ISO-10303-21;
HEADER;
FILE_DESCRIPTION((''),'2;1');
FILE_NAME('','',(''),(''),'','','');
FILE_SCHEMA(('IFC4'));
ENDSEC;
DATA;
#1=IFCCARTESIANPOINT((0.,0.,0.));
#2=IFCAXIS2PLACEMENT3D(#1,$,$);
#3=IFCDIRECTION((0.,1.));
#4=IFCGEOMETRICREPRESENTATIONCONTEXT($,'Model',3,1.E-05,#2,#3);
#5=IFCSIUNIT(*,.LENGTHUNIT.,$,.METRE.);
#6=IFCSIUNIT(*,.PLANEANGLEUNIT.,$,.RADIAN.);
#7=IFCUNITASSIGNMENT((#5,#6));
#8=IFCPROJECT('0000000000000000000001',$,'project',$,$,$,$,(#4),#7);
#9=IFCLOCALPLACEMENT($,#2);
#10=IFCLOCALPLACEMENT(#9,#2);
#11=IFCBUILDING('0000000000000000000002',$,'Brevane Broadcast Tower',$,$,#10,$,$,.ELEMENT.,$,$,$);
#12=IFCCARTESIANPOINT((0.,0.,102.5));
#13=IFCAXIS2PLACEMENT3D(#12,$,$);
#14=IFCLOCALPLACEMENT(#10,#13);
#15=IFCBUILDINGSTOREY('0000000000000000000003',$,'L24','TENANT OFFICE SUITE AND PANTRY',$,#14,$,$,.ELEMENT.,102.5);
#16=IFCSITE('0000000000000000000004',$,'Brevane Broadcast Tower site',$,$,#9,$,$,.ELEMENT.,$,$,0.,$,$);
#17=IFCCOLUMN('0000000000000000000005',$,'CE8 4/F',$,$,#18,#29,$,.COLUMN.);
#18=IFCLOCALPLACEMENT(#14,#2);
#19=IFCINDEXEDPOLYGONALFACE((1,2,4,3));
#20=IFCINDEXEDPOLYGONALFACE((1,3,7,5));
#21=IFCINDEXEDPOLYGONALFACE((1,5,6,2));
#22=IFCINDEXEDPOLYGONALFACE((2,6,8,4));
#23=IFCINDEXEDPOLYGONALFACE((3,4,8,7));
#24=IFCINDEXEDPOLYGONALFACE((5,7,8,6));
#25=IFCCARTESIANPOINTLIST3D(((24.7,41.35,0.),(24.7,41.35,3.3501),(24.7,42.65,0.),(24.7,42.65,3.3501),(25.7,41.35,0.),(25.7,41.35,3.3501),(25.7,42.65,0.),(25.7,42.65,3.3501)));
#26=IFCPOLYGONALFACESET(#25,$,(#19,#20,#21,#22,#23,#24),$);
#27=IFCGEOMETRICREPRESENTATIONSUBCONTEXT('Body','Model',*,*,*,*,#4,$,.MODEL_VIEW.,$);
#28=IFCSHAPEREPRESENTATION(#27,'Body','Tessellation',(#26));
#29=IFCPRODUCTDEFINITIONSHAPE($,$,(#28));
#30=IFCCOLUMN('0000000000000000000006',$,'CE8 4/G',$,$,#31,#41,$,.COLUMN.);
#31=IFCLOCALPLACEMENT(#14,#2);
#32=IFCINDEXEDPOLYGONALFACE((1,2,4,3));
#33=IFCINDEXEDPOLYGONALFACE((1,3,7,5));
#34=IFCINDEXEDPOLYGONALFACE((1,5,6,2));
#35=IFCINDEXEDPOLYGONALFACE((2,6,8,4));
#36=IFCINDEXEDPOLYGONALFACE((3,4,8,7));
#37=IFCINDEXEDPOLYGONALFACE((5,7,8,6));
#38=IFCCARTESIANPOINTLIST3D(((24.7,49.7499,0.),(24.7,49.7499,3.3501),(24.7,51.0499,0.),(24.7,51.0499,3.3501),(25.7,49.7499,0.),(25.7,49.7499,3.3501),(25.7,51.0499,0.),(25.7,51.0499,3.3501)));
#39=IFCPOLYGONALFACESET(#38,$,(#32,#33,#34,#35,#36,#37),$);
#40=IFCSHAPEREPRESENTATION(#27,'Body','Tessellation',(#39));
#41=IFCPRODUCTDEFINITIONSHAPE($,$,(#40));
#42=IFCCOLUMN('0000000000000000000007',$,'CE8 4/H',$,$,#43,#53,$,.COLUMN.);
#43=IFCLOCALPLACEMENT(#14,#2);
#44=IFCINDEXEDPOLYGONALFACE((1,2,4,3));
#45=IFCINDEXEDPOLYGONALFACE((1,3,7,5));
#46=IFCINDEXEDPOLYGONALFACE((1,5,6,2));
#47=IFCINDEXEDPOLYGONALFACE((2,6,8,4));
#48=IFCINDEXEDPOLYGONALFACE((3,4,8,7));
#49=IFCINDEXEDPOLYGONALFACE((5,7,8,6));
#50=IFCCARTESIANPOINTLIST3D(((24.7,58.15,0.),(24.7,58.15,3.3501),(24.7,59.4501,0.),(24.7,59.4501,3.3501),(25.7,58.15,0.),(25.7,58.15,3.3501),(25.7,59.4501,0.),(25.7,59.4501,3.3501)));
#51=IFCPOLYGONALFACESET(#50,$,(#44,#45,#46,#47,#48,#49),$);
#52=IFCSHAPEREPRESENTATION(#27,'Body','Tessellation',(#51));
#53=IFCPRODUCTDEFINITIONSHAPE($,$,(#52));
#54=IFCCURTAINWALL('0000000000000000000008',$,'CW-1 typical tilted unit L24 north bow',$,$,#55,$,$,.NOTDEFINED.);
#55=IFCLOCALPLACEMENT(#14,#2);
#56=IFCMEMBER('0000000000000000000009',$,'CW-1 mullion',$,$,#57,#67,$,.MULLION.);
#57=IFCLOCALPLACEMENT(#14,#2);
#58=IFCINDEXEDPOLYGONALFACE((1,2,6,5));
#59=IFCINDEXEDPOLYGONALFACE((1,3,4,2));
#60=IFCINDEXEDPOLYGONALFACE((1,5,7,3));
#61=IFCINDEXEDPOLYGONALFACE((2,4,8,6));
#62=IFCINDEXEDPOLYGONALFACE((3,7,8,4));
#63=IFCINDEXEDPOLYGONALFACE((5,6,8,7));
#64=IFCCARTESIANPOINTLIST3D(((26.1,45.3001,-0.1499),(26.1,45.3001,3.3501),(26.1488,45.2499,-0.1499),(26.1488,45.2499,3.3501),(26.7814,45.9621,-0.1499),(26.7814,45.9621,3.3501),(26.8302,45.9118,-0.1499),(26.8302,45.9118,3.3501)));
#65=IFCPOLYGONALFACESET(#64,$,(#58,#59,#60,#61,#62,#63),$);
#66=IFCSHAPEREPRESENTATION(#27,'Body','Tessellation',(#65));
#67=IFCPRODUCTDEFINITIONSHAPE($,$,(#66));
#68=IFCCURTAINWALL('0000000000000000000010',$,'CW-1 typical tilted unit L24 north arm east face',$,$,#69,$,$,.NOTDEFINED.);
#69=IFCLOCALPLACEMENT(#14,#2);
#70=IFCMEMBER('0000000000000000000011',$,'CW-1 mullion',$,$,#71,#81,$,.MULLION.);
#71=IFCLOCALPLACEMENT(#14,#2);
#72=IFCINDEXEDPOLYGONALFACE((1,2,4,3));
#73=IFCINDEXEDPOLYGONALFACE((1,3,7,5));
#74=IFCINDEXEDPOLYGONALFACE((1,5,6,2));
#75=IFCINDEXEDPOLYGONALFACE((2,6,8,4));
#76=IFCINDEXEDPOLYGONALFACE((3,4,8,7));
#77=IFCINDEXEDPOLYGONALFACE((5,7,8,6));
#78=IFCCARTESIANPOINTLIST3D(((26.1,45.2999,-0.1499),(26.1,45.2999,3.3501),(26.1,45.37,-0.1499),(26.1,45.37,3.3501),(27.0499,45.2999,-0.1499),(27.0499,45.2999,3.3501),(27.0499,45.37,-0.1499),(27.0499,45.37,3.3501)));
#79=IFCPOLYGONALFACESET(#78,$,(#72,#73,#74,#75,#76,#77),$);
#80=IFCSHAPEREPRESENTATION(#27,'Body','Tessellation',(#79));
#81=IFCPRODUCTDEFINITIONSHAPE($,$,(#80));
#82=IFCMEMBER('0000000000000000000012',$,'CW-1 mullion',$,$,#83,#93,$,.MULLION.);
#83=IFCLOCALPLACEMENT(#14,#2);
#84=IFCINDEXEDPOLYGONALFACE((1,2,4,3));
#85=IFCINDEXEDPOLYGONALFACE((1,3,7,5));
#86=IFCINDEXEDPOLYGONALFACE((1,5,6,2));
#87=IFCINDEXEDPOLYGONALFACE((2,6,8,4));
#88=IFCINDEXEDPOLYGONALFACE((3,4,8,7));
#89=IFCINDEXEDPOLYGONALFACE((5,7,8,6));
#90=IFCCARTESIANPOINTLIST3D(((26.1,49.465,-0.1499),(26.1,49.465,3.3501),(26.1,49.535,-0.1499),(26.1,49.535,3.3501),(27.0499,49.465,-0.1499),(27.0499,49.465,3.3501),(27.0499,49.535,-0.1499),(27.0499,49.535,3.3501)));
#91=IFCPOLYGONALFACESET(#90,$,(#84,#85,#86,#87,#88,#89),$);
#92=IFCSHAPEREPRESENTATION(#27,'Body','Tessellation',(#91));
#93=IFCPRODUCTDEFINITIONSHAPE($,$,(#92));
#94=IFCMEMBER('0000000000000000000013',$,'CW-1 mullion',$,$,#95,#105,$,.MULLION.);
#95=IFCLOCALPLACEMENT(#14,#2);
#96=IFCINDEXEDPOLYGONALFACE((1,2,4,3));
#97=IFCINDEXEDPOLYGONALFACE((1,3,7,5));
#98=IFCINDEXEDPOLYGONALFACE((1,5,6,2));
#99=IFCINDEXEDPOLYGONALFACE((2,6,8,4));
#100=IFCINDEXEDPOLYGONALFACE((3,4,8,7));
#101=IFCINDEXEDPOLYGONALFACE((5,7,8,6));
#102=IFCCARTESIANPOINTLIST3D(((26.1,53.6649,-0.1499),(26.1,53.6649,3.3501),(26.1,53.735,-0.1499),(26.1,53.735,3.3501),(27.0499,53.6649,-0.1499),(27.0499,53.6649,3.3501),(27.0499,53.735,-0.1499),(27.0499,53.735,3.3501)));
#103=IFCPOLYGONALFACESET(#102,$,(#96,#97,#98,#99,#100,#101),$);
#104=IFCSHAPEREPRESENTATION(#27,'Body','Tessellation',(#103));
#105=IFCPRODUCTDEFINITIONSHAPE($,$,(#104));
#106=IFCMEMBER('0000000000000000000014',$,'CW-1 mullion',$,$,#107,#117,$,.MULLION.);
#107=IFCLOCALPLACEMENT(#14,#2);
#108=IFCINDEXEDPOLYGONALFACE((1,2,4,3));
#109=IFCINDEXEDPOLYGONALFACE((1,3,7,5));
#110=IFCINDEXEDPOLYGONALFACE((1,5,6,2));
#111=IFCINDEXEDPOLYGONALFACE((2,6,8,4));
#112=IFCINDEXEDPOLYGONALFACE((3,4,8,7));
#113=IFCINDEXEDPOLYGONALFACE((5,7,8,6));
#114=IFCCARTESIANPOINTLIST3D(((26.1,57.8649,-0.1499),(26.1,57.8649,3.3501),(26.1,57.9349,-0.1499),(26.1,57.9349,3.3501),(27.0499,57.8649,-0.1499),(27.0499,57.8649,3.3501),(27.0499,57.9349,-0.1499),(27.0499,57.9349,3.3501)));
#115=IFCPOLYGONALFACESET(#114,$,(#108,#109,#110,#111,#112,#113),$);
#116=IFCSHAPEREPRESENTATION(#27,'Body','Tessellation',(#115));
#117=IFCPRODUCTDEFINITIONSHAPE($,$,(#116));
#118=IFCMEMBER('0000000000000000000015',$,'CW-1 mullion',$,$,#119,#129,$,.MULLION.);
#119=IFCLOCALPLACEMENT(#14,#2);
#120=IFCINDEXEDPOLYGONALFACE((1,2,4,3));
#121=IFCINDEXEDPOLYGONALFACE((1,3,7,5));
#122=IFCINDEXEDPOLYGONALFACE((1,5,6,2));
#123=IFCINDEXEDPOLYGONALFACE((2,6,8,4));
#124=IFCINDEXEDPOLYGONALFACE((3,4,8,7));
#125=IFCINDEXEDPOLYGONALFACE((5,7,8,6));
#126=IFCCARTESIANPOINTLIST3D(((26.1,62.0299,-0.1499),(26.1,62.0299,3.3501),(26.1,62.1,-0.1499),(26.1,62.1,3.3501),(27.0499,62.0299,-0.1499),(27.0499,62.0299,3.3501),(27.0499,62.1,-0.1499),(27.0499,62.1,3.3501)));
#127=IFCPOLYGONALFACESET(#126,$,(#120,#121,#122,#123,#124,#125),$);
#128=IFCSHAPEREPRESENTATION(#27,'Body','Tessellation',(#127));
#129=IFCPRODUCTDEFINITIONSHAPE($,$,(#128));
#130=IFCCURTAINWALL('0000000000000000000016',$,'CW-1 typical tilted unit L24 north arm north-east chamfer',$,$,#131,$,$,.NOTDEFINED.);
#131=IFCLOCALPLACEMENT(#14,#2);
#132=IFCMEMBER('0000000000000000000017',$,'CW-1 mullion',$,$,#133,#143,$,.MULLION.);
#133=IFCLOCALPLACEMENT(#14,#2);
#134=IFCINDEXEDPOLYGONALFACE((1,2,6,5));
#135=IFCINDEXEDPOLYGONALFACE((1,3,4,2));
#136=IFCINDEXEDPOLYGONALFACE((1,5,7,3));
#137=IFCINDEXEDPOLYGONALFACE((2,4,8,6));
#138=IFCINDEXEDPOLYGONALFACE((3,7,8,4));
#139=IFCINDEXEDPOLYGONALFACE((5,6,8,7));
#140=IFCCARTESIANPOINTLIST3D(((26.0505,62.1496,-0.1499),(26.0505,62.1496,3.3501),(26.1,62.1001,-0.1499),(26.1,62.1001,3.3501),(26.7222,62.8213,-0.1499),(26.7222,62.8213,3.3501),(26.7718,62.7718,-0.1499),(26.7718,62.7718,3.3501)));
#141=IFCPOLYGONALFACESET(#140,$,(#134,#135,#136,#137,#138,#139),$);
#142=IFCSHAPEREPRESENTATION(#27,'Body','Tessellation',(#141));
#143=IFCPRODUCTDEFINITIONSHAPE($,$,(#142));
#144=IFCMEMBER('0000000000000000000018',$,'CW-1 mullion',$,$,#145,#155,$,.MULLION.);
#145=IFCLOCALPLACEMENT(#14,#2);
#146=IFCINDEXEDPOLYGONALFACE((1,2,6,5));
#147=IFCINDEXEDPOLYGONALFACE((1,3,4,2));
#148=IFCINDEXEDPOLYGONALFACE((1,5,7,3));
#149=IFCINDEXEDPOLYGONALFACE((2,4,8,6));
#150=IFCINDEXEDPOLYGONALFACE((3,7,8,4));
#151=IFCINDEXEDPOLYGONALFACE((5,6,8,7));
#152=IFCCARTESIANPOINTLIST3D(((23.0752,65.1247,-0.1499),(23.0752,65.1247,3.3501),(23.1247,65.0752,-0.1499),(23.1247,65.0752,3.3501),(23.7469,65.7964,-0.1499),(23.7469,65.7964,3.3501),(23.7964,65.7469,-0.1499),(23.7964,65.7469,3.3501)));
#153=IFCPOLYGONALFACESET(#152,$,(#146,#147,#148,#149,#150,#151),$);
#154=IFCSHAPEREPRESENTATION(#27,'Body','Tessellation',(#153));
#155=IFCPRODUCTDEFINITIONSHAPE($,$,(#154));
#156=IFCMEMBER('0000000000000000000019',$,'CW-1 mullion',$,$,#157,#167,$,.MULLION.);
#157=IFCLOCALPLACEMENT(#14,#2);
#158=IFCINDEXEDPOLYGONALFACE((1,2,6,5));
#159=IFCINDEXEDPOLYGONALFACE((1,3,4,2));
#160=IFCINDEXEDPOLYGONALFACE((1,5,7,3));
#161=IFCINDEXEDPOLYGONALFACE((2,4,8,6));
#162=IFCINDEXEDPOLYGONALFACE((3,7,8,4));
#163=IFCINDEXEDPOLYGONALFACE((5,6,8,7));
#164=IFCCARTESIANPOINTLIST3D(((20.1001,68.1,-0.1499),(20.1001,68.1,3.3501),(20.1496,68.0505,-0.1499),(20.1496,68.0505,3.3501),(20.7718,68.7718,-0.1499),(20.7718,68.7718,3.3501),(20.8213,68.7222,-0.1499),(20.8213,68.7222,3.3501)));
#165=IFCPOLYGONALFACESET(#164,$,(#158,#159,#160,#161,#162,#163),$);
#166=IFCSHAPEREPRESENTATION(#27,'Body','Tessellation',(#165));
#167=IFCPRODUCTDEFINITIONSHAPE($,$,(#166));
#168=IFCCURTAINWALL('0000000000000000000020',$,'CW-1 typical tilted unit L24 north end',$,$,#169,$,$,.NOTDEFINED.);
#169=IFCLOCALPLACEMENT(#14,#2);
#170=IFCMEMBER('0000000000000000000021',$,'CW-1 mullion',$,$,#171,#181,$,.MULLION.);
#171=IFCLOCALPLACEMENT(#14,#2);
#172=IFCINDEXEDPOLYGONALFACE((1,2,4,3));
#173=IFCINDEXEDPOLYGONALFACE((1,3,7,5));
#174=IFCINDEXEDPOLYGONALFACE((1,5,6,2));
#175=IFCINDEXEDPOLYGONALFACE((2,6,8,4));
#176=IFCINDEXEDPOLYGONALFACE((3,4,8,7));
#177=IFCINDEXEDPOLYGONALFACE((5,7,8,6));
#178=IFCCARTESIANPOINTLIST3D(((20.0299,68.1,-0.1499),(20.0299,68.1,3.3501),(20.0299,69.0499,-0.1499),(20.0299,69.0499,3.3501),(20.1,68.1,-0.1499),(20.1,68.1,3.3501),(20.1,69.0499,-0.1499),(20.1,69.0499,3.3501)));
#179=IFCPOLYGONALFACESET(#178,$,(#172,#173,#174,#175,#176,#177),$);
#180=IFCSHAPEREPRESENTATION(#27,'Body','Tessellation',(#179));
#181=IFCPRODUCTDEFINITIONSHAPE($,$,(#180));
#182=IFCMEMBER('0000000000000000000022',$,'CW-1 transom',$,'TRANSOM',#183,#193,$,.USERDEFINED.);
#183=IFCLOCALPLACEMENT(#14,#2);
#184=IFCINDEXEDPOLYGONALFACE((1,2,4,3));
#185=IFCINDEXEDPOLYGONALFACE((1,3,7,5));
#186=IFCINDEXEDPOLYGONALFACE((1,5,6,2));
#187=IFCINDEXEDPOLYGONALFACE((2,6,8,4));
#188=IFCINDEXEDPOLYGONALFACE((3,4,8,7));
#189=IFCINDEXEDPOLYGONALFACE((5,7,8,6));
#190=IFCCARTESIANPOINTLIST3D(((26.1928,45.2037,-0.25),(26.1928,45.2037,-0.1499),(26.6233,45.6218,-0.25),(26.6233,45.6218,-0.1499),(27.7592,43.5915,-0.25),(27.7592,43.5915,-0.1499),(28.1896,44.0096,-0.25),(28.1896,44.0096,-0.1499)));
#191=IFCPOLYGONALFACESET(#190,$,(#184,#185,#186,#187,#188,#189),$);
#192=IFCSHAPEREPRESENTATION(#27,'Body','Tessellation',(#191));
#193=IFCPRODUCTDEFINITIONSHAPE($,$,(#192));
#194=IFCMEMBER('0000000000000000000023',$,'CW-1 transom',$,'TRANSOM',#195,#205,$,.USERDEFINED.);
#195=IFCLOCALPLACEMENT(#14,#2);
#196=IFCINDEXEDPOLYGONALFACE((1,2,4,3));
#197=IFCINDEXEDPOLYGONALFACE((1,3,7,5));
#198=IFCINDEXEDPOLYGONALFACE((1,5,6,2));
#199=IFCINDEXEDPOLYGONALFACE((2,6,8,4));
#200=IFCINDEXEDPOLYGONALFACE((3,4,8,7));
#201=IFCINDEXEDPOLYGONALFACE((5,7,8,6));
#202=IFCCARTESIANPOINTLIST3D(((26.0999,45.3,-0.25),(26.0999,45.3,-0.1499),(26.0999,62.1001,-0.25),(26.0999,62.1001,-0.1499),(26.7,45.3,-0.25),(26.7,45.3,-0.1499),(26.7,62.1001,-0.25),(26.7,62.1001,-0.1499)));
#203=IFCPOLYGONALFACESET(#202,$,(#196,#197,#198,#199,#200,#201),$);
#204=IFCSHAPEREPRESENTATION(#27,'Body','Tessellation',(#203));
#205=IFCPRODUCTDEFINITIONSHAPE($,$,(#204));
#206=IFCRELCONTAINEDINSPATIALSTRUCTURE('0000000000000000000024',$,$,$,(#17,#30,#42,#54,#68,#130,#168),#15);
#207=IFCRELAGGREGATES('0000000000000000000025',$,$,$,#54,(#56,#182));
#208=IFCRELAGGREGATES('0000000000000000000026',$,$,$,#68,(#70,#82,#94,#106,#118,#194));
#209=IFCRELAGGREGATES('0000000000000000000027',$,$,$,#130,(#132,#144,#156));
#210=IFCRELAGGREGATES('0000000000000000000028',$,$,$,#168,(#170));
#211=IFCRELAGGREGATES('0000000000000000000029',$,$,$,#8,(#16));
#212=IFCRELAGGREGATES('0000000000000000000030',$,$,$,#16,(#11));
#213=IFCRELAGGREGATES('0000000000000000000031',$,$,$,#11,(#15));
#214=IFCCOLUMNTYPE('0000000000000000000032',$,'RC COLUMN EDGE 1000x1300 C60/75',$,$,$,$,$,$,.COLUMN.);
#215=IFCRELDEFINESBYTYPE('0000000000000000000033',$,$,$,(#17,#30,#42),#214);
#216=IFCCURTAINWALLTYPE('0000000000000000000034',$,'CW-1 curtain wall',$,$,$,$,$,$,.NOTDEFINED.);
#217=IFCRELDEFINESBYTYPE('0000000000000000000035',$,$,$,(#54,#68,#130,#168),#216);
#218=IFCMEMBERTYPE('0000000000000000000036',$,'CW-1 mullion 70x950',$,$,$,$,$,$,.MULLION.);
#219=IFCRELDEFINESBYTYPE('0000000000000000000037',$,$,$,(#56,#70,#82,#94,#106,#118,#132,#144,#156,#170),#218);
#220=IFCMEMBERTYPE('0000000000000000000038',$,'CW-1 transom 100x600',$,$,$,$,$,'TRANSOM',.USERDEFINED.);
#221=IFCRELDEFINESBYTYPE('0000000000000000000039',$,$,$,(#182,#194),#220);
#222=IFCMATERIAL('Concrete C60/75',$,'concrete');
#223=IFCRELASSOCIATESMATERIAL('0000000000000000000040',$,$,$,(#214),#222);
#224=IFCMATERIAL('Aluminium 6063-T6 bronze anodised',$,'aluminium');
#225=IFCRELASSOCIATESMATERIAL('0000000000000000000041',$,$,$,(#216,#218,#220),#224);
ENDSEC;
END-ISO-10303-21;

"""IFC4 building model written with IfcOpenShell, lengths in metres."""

from ifc_helpers import new_model, si_unit, direction, frame, origin, origin_2d, place, context, subcontext, project, spatial, rectangle, extrude, material, material_profile, profile_set, type_object, element, aggregate, save


model = new_model("IFC4")

# Units and contexts
model_context = context("Model", 3, precision=1e-05, world=origin(), true_north=direction((0.0, 1.0)))
body_context = subcontext(model_context, "Body", "Model", "MODEL_VIEW")
ifc_project = project(units=[si_unit("LENGTHUNIT", "METRE"), si_unit("PLANEANGLEUNIT", "RADIAN")], contexts=[model_context])

# Site, building, storey
site_placement = place(None, origin())
site = spatial("IfcSite", under=ifc_project, at=site_placement, Name="Brevane Broadcast Tower site", CompositionType="ELEMENT", RefElevation=0.0)
building_placement = place(site_placement, origin())
building = spatial("IfcBuilding", under=site, at=building_placement, Name="Brevane Broadcast Tower", CompositionType="ELEMENT")
storey_placement = place(building_placement, frame((0.0, 0.0, 102.5)))
storey = spatial("IfcBuildingStorey", under=building, at=storey_placement, Name="L24", Description="TENANT OFFICE SUITE AND PANTRY", CompositionType="ELEMENT", Elevation=102.5)

# Columns
ifc_material_1 = material(Name="Concrete C60/75", Category="concrete")
ifc_material_profile_1 = material_profile(ifc_material_1, rectangle(XDim=1.0, YDim=1.3, at=origin_2d()), Name="RC 1000x1300")
ifc_profile_set_1 = profile_set([ifc_material_profile_1], Name="Concrete C60/75")
column_type = type_object("IfcColumnType", Name="RC COLUMN EDGE 1000x1300 C60/75", PredefinedType="COLUMN", material=ifc_profile_set_1)
for number, where, z_axis, x_axis, name in (
    (1, (25.2, 42.0, 0.0), (0.0, 0.0, 1.0), (1.0, 0.0, 0.0), "CE8 4/F"),
    (2, (25.2, 50.3999, 0.0), (0.0, 0.0, 1.0), (1.0, 0.0, 0.0), "CE8 4/G"),
    (3, (25.2, 58.8, 0.0), (0.0, 0.0, 1.0), (1.0, 0.0, 0.0), "CE8 4/H"),
):
    element("IfcColumn", number, at=place(storey_placement, frame(where, z_axis=z_axis, x_axis=x_axis)), inside=storey, type_object=column_type, Name=name, PredefinedType="COLUMN", context=body_context, shape_type="SweptSolid", body=[
        extrude(rectangle(XDim=1.0, YDim=1.3, at=origin_2d()), origin(), (0.0, 0.0, 1.0), 3.3501),
    ])

# Curtain wall, member
ifc_material_2 = material(Name="Aluminium 6063-T6 bronze anodised", Category="aluminium")
curtain_wall_type = type_object("IfcCurtainWallType", Name="CW-1 curtain wall", PredefinedType="NOTDEFINED", material=ifc_material_2)
curtain_wall_1_placement = place(storey_placement, origin())
curtain_wall_1 = element("IfcCurtainWall", 4, at=curtain_wall_1_placement, inside=storey, type_object=curtain_wall_type, Name="CW-1 typical tilted unit L24 north bow", PredefinedType="NOTDEFINED")
ifc_material_profile_2 = material_profile(ifc_material_2, rectangle(XDim=0.95, YDim=0.0701, at=origin_2d()), Name="RECT 70x950")
ifc_profile_set_2 = profile_set([ifc_material_profile_2], Name="Aluminium 6063-T6 bronze anodised")
member_type_1 = type_object("IfcMemberType", Name="CW-1 mullion 70x950", PredefinedType="MULLION", material=ifc_profile_set_2)
member_1_placement = place(storey_placement, frame((26.4651, 45.606, -0.1499), z_axis=(0.0, 0.0, 1.0), x_axis=(-0.717254, -0.696812, 0.0)))
member_1 = element("IfcMember", 5, at=member_1_placement, type_object=member_type_1, Name="CW-1 mullion", PredefinedType="MULLION", context=body_context, shape_type="SweptSolid", body=[
    extrude(rectangle(XDim=0.95, YDim=0.0701, at=origin_2d()), origin(), (0.0, 0.0, 1.0), 3.5),
])

# Curtain walls, members
curtain_wall_2_placement = place(storey_placement, origin())
curtain_wall_2 = element("IfcCurtainWall", 6, at=curtain_wall_2_placement, inside=storey, type_object=curtain_wall_type, Name="CW-1 typical tilted unit L24 north arm east face", PredefinedType="NOTDEFINED")
member_2_placement = place(storey_placement, frame((26.575, 45.335, -0.1499), z_axis=(0.0, 0.0, 1.0), x_axis=(-1.0, 0.0, 0.0)))
member_2 = element("IfcMember", 7, at=member_2_placement, type_object=member_type_1, Name="CW-1 mullion", PredefinedType="MULLION", context=body_context, shape_type="SweptSolid", body=[
    extrude(rectangle(XDim=0.95, YDim=0.0701, at=origin_2d()), origin(), (0.0, 0.0, 1.0), 3.5),
])
member_3_placement = place(storey_placement, frame((26.575, 49.5, -0.1499), z_axis=(0.0, 0.0, 1.0), x_axis=(-1.0, 0.0, 0.0)))
member_3 = element("IfcMember", 8, at=member_3_placement, type_object=member_type_1, Name="CW-1 mullion", PredefinedType="MULLION", context=body_context, shape_type="SweptSolid", body=[
    extrude(rectangle(XDim=0.95, YDim=0.0701, at=origin_2d()), origin(), (0.0, 0.0, 1.0), 3.5),
])
member_4_placement = place(storey_placement, frame((26.575, 53.7, -0.1499), z_axis=(0.0, 0.0, 1.0), x_axis=(-1.0, 0.0, 0.0)))
member_4 = element("IfcMember", 9, at=member_4_placement, type_object=member_type_1, Name="CW-1 mullion", PredefinedType="MULLION", context=body_context, shape_type="SweptSolid", body=[
    extrude(rectangle(XDim=0.95, YDim=0.0701, at=origin_2d()), origin(), (0.0, 0.0, 1.0), 3.5),
])
member_5_placement = place(storey_placement, frame((26.575, 57.8999, -0.1499), z_axis=(0.0, 0.0, 1.0), x_axis=(-1.0, 0.0, 0.0)))
member_5 = element("IfcMember", 10, at=member_5_placement, type_object=member_type_1, Name="CW-1 mullion", PredefinedType="MULLION", context=body_context, shape_type="SweptSolid", body=[
    extrude(rectangle(XDim=0.95, YDim=0.0701, at=origin_2d()), origin(), (0.0, 0.0, 1.0), 3.5),
])
member_6_placement = place(storey_placement, frame((26.575, 62.0649, -0.1499), z_axis=(0.0, 0.0, 1.0), x_axis=(-1.0, 0.0, 0.0)))
member_6 = element("IfcMember", 11, at=member_6_placement, type_object=member_type_1, Name="CW-1 mullion", PredefinedType="MULLION", context=body_context, shape_type="SweptSolid", body=[
    extrude(rectangle(XDim=0.95, YDim=0.0701, at=origin_2d()), origin(), (0.0, 0.0, 1.0), 3.5),
])
curtain_wall_3_placement = place(storey_placement, origin())
curtain_wall_3 = element("IfcCurtainWall", 12, at=curtain_wall_3_placement, inside=storey, type_object=curtain_wall_type, Name="CW-1 typical tilted unit L24 north arm north-east chamfer", PredefinedType="NOTDEFINED")
member_7_placement = place(storey_placement, frame((26.4111, 62.4607, -0.1499), z_axis=(0.0, 0.0, 1.0), x_axis=(-0.707107, -0.707107, 0.0)))
member_7 = element("IfcMember", 13, at=member_7_placement, type_object=member_type_1, Name="CW-1 mullion", PredefinedType="MULLION", context=body_context, shape_type="SweptSolid", body=[
    extrude(rectangle(XDim=0.95, YDim=0.0701, at=origin_2d()), origin(), (0.0, 0.0, 1.0), 3.5),
])
member_8_placement = place(storey_placement, frame((23.4358, 65.4358, -0.1499), z_axis=(0.0, 0.0, 1.0), x_axis=(-0.707107, -0.707107, 0.0)))
member_8 = element("IfcMember", 14, at=member_8_placement, type_object=member_type_1, Name="CW-1 mullion", PredefinedType="MULLION", context=body_context, shape_type="SweptSolid", body=[
    extrude(rectangle(XDim=0.95, YDim=0.0701, at=origin_2d()), origin(), (0.0, 0.0, 1.0), 3.5),
])
member_9_placement = place(storey_placement, frame((20.4607, 68.4111, -0.1499), z_axis=(0.0, 0.0, 1.0), x_axis=(-0.707107, -0.707107, 0.0)))
member_9 = element("IfcMember", 15, at=member_9_placement, type_object=member_type_1, Name="CW-1 mullion", PredefinedType="MULLION", context=body_context, shape_type="SweptSolid", body=[
    extrude(rectangle(XDim=0.95, YDim=0.0701, at=origin_2d()), origin(), (0.0, 0.0, 1.0), 3.5),
])

# Curtain wall, member
curtain_wall_4_placement = place(storey_placement, origin())
curtain_wall_4 = element("IfcCurtainWall", 16, at=curtain_wall_4_placement, inside=storey, type_object=curtain_wall_type, Name="CW-1 typical tilted unit L24 north end", PredefinedType="NOTDEFINED")
member_10_placement = place(storey_placement, frame((20.0649, 68.575, -0.1499), z_axis=(0.0, 0.0, 1.0), x_axis=(0.0, -1.0, 0.0)))
member_10 = element("IfcMember", 17, at=member_10_placement, type_object=member_type_1, Name="CW-1 mullion", PredefinedType="MULLION", context=body_context, shape_type="SweptSolid", body=[
    extrude(rectangle(XDim=0.95, YDim=0.0701, at=origin_2d()), origin(), (0.0, 0.0, 1.0), 3.5),
])

# Members
ifc_material_profile_3 = material_profile(ifc_material_2, rectangle(XDim=0.6001, YDim=0.1001, at=origin_2d()), Name="RECT 100x600")
ifc_profile_set_3 = profile_set([ifc_material_profile_3], Name="Aluminium 6063-T6 bronze anodised")
member_type_2 = type_object("IfcMemberType", Name="CW-1 transom 100x600", ElementType="TRANSOM", PredefinedType="USERDEFINED", material=ifc_profile_set_3)
member_11_placement = place(storey_placement, frame((27.9744, 43.8005, -0.2), z_axis=(-0.696824, 0.717242, 0.0), x_axis=(-0.717242, -0.696824, 0.0)))
member_11 = element("IfcMember", 18, at=member_11_placement, type_object=member_type_2, Name="CW-1 transom", ObjectType="TRANSOM", PredefinedType="USERDEFINED", context=body_context, shape_type="SweptSolid", body=[
    extrude(rectangle(XDim=0.6001, YDim=0.1001, at=origin_2d()), origin(), (0.0, 0.0, 1.0), 2.2478),
])
aggregate(curtain_wall_1, [member_1, member_11])
member_12_placement = place(storey_placement, frame((26.3999, 45.3, -0.2), z_axis=(0.0, 1.0, 0.0), x_axis=(-1.0, 0.0, 0.0)))
member_12 = element("IfcMember", 19, at=member_12_placement, type_object=member_type_2, Name="CW-1 transom", ObjectType="TRANSOM", PredefinedType="USERDEFINED", context=body_context, shape_type="SweptSolid", body=[
    extrude(rectangle(XDim=0.6001, YDim=0.1001, at=origin_2d()), origin(), (0.0, 0.0, 1.0), 16.8),
])
aggregate(curtain_wall_2, [member_2, member_3, member_4, member_5, member_6, member_12])
aggregate(curtain_wall_3, [member_7, member_8, member_9])
aggregate(curtain_wall_4, [member_10])

save(model, "model.ifc")
